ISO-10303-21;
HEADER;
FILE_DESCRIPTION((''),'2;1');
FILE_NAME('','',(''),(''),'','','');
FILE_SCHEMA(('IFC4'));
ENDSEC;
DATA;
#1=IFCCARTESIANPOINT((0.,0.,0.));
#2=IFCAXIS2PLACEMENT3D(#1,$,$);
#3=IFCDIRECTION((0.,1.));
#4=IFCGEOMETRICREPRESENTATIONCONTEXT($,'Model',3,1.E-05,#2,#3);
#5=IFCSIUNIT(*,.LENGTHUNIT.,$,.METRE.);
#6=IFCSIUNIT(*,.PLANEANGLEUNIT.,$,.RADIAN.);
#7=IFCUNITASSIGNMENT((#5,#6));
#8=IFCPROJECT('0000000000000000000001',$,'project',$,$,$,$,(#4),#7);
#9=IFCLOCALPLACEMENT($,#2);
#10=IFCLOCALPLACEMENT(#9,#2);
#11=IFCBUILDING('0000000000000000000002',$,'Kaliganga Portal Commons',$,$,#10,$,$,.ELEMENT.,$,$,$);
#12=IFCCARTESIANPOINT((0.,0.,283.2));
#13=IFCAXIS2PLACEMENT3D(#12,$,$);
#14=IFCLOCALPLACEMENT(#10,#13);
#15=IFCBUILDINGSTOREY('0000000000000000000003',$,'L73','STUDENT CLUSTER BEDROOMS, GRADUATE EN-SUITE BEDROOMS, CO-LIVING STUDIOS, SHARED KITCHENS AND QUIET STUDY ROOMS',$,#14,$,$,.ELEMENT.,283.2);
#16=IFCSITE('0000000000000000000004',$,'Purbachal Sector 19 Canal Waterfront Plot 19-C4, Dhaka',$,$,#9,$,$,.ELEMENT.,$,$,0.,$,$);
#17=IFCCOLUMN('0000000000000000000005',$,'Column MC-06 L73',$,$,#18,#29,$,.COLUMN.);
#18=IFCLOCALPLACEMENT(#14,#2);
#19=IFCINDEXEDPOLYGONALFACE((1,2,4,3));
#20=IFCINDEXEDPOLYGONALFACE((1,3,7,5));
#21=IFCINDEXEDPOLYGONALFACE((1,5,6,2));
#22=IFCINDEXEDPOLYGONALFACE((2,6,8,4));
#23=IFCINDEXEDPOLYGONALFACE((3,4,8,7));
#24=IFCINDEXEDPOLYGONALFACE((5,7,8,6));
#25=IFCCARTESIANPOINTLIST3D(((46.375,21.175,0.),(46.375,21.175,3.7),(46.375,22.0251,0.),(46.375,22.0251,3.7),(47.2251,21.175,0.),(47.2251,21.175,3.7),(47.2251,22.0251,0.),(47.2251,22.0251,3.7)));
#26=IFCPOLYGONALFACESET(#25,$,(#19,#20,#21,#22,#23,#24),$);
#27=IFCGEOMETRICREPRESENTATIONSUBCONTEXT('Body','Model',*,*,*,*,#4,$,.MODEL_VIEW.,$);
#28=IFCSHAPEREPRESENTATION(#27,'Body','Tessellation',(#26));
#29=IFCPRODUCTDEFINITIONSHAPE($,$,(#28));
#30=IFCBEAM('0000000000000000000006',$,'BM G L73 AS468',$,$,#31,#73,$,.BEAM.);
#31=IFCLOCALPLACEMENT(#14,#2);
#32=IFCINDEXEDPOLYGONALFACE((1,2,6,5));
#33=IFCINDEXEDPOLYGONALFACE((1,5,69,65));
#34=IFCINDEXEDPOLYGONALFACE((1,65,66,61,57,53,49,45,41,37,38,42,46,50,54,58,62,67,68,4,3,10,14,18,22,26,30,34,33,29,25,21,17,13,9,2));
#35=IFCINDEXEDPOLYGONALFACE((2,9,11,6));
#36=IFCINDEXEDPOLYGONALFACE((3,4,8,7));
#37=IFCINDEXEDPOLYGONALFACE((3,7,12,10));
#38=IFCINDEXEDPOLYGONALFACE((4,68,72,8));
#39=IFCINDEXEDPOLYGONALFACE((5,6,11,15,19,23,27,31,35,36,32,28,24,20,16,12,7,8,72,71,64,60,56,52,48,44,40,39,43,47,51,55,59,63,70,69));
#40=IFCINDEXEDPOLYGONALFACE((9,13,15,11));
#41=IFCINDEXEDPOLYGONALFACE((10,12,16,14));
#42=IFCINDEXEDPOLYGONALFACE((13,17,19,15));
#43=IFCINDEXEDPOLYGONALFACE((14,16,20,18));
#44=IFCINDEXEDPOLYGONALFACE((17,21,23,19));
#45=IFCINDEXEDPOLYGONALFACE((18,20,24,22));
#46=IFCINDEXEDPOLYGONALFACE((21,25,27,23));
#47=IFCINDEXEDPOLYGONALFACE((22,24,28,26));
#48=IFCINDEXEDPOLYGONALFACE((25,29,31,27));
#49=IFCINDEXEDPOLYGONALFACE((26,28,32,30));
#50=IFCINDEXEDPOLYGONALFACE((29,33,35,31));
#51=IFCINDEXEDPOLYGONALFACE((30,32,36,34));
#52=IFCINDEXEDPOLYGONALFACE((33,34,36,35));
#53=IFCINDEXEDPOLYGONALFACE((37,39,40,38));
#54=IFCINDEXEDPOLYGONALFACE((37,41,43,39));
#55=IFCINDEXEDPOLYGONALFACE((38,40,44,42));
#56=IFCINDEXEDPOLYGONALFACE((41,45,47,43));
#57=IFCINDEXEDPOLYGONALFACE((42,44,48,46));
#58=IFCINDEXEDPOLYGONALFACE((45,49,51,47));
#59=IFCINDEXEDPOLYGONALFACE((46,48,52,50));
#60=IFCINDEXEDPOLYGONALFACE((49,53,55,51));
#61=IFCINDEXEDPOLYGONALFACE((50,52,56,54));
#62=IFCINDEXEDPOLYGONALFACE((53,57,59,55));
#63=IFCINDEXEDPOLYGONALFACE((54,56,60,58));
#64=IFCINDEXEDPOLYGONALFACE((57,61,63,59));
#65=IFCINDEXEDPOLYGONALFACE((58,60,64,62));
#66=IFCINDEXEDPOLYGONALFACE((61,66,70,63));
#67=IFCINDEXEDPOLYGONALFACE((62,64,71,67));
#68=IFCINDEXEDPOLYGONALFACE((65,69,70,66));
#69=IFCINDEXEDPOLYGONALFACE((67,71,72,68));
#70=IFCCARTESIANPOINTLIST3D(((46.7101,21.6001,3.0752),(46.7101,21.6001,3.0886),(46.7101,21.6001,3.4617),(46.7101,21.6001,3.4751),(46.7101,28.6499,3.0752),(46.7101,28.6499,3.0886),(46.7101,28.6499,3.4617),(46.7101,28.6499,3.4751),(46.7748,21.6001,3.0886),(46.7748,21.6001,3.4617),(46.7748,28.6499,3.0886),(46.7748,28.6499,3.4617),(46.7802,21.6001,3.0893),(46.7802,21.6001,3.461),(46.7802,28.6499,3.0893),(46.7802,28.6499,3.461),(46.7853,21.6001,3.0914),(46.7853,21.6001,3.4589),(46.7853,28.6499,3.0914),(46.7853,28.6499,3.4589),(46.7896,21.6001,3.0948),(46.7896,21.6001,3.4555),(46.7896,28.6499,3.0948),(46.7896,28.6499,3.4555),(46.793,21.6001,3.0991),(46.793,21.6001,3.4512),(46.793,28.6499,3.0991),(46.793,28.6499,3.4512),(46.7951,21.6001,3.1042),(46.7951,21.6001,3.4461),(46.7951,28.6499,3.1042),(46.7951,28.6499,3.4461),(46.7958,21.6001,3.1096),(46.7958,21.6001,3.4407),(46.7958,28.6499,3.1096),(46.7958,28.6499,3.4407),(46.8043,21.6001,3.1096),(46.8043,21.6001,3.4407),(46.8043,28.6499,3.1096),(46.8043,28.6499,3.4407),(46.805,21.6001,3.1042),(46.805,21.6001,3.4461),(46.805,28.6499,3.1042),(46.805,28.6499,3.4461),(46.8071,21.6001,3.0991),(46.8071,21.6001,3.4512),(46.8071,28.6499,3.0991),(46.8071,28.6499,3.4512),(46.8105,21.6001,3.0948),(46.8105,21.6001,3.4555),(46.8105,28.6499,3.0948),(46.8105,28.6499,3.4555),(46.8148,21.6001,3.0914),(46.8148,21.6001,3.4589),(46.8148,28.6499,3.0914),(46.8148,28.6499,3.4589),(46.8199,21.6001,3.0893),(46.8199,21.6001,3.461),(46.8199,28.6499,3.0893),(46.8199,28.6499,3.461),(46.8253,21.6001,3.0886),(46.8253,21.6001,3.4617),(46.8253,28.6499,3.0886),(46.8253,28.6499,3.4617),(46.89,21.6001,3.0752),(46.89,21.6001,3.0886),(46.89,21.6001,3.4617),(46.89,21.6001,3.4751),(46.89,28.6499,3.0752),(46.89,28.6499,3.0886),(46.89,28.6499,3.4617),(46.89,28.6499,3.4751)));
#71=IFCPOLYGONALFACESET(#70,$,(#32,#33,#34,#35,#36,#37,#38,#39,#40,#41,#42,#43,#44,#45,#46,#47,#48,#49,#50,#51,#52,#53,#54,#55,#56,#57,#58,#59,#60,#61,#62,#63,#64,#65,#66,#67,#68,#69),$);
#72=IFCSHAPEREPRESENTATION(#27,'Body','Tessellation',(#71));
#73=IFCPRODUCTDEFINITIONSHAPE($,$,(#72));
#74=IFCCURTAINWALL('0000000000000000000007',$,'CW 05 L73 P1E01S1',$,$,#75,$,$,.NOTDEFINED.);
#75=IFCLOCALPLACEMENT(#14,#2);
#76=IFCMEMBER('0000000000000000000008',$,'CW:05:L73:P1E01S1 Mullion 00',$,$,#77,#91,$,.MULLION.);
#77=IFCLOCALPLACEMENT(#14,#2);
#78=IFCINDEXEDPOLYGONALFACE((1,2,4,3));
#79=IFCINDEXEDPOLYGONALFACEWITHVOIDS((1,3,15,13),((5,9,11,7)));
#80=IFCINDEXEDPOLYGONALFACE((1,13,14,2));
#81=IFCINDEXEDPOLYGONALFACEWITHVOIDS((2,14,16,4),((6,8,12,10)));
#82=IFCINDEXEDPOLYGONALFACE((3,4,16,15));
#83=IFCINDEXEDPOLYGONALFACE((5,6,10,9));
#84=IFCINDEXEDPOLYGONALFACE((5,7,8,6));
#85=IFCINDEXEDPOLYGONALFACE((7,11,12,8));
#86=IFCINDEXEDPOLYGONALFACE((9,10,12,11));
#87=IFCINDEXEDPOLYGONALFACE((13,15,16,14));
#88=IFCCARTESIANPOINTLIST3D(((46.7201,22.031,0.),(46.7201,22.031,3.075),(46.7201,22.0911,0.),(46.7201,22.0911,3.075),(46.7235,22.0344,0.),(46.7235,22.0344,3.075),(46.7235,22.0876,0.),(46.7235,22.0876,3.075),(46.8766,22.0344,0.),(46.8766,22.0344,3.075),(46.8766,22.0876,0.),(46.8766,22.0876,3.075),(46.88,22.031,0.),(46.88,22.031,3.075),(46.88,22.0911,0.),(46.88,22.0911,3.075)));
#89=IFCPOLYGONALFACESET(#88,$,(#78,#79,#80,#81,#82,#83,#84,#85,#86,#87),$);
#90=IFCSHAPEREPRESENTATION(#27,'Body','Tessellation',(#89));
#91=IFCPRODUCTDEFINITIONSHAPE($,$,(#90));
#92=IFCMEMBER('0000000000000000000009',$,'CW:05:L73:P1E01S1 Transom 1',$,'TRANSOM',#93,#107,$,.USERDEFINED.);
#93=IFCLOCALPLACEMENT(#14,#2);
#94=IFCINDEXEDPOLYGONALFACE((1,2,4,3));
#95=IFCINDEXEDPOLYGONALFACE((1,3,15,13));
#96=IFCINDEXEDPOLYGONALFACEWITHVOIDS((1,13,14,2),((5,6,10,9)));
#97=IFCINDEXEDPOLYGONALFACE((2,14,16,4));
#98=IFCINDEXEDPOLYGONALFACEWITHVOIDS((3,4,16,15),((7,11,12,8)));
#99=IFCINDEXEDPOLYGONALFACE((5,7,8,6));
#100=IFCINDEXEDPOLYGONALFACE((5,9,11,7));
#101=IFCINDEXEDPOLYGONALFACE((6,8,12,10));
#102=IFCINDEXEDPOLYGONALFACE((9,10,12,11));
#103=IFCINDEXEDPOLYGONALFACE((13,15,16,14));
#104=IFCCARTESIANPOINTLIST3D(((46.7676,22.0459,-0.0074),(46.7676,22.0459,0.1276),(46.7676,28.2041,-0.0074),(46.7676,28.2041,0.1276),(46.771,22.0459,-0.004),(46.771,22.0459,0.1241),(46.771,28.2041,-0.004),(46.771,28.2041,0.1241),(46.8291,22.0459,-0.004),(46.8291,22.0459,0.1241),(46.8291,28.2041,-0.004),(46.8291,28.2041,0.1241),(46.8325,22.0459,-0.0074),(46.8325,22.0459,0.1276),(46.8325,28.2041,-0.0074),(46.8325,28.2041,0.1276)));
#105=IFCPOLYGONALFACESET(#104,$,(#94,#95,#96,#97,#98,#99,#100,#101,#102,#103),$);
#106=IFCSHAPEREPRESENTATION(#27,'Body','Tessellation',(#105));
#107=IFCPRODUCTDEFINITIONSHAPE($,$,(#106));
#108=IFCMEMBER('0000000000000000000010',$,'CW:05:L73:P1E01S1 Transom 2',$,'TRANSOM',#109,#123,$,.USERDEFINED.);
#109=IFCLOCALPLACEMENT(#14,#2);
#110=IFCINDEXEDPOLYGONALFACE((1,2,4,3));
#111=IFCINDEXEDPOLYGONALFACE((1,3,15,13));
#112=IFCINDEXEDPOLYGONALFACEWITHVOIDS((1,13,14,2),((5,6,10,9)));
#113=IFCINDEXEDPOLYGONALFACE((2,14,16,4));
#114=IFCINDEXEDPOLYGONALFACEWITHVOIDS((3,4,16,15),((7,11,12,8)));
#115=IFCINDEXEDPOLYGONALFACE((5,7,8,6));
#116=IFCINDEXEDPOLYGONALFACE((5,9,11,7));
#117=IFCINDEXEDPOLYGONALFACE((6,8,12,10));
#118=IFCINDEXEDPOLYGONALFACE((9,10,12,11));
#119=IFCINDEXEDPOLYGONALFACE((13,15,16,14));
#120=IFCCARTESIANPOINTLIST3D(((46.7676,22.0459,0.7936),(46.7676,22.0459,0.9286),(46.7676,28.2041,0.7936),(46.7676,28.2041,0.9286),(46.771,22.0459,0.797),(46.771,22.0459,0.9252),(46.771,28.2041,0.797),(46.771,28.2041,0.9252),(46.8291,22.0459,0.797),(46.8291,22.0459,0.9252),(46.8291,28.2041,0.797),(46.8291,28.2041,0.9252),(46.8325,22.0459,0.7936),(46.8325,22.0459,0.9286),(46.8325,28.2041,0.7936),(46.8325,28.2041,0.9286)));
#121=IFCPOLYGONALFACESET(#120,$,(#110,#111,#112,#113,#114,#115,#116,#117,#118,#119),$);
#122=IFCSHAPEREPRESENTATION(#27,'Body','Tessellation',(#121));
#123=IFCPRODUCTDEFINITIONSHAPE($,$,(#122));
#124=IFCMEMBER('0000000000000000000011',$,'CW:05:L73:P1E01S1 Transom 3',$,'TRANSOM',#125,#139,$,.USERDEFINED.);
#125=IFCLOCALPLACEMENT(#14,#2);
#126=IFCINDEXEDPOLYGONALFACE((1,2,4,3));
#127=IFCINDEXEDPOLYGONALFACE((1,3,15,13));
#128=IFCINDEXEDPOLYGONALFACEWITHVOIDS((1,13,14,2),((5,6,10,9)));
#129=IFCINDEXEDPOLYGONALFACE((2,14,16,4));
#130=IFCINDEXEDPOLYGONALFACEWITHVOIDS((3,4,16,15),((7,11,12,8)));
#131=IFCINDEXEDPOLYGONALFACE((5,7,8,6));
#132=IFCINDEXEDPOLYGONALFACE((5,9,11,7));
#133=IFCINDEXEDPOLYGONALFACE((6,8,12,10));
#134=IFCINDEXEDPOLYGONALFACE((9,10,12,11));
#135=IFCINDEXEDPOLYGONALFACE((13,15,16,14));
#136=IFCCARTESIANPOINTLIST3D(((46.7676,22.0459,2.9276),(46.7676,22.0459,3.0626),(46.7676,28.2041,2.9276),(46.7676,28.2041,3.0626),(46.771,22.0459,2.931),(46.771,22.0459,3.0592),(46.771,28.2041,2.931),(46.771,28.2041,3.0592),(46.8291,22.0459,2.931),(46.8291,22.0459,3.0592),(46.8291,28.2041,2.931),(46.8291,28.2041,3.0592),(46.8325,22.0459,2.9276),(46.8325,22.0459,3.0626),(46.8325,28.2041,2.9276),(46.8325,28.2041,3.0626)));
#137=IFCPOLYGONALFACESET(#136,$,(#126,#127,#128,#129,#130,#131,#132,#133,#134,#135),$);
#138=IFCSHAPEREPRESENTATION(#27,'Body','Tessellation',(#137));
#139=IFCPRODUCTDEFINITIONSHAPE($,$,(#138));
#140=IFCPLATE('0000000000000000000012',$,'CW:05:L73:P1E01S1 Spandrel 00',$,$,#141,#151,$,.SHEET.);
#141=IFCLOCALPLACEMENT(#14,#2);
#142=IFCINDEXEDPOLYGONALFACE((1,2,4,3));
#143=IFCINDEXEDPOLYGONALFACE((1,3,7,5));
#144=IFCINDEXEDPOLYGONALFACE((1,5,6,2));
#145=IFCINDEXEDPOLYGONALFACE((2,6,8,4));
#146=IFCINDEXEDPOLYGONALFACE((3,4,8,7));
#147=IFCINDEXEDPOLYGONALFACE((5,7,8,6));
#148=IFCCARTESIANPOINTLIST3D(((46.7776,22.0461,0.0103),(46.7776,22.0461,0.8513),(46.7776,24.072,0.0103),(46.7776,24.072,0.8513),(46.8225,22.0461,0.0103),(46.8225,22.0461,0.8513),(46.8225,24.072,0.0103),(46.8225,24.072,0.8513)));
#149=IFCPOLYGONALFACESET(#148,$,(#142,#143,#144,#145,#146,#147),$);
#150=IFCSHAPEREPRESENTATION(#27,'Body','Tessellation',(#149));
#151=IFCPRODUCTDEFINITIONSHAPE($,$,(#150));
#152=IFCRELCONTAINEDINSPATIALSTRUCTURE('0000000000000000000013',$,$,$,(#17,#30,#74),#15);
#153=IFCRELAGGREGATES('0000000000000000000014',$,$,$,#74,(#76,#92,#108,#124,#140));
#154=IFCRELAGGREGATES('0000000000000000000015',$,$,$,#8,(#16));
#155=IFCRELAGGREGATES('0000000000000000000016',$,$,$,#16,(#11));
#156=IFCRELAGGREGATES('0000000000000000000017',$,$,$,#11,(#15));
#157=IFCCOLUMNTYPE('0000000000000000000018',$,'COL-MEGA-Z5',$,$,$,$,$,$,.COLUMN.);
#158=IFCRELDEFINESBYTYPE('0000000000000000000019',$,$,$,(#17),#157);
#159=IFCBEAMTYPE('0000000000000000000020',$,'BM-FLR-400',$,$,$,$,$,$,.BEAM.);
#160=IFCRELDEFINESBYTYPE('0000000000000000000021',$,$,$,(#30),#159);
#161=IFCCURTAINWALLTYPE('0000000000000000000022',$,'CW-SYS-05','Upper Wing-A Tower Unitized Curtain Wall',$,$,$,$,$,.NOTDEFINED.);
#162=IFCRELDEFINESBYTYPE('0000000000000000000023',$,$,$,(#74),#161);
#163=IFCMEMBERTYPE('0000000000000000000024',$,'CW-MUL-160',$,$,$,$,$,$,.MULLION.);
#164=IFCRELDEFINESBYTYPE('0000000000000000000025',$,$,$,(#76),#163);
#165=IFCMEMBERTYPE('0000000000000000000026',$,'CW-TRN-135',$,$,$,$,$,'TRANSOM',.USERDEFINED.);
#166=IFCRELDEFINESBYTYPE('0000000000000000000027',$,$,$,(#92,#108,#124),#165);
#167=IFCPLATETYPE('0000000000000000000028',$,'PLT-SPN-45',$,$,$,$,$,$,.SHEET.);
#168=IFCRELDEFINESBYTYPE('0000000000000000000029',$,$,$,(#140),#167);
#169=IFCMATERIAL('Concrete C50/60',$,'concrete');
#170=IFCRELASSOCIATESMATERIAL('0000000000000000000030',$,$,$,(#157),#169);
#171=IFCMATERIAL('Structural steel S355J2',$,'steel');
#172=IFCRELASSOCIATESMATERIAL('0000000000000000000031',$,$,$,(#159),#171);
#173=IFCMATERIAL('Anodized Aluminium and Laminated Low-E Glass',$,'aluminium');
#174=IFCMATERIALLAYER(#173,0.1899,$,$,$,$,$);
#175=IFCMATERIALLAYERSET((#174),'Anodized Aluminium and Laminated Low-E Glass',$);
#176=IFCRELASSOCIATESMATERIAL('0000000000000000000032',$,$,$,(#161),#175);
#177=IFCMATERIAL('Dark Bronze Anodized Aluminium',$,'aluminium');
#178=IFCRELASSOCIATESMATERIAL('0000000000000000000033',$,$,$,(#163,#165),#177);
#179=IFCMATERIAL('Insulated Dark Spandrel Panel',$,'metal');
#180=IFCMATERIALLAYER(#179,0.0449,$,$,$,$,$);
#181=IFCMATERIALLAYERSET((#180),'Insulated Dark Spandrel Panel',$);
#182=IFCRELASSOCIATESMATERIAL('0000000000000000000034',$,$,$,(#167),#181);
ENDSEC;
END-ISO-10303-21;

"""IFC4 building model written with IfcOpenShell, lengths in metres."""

from ifc_helpers import new_model, si_unit, direction, frame, origin, origin_2d, place, context, subcontext, project, spatial, rectangle, hollow_rectangle, i_section, extrude, source, transform, mapped, material, layer, layer_set, material_profile, profile_set, type_object, element, aggregate, save


model = new_model("IFC4")

# Units and contexts
model_context = context("Model", 3, precision=1e-05, world=origin(), true_north=direction((0.0, 1.0)))
body_context = subcontext(model_context, "Body", "Model", "MODEL_VIEW")
ifc_project = project(units=[si_unit("LENGTHUNIT", "METRE"), si_unit("PLANEANGLEUNIT", "RADIAN")], contexts=[model_context])

# Site, building, storey
site_placement = place(None, origin())
site = spatial("IfcSite", under=ifc_project, at=site_placement, Name="Purbachal Sector 19 Canal Waterfront Plot 19-C4, Dhaka", CompositionType="ELEMENT", RefElevation=0.0)
building_placement = place(site_placement, origin())
building = spatial("IfcBuilding", under=site, at=building_placement, Name="Kaliganga Portal Commons", CompositionType="ELEMENT")
storey_placement = place(building_placement, frame((0.0, 0.0, 283.2)))
storey = spatial("IfcBuildingStorey", under=building, at=storey_placement, Name="L73", Description="STUDENT CLUSTER BEDROOMS, GRADUATE EN-SUITE BEDROOMS, CO-LIVING STUDIOS, SHARED KITCHENS AND QUIET STUDY ROOMS", CompositionType="ELEMENT", Elevation=283.2)

# Column
ifc_material_1 = material(Name="Concrete C50/60", Category="concrete")
ifc_material_profile_1 = material_profile(ifc_material_1, rectangle(XDim=0.8501, YDim=0.8501, at=origin_2d()), Name="RC 850x850")
ifc_profile_set_1 = profile_set([ifc_material_profile_1], Name="Concrete C50/60")
column_type = type_object("IfcColumnType", Name="COL-MEGA-Z5", PredefinedType="COLUMN", material=ifc_profile_set_1)
shared_shape_1 = source(origin(), body_context, "Body", "SweptSolid", [
    extrude(rectangle(XDim=0.8501, YDim=0.8501, at=origin_2d()), origin(), (0.0, 0.0, 1.0), 3.7),
])
column_placement = place(storey_placement, frame((46.8, 21.6001, 0.0), z_axis=(0.0, 0.0, 1.0), x_axis=(1.0, 0.0, 0.0)))
element("IfcColumn", 1, at=column_placement, inside=storey, type_object=column_type, Name="Column MC-06 L73", PredefinedType="COLUMN", context=body_context, shape_type="MappedRepresentation", body=[
    mapped(shared_shape_1, transform((0.0, 0.0, 0.0), x_axis=(1.0, 0.0, 0.0), y_axis=(0.0, 1.0, 0.0), z_axis=(0.0, 0.0, 1.0), scale=1.0)),
])

# Beam
ifc_material_2 = material(Name="Structural steel S355J2", Category="steel")
ifc_material_profile_2 = material_profile(ifc_material_2, i_section(OverallWidth=0.1799, OverallDepth=0.3999, WebThickness=0.0085, FlangeThickness=0.0134, FilletRadius=0.021, at=origin_2d()), Name="IPE 400")
ifc_profile_set_2 = profile_set([ifc_material_profile_2], Name="Structural steel S355J2 wide-flange")
beam_type = type_object("IfcBeamType", Name="BM-FLR-400", PredefinedType="BEAM", material=ifc_profile_set_2)
shared_shape_2 = source(origin(), body_context, "Body", "SweptSolid", [
    extrude(i_section(OverallWidth=0.1799, OverallDepth=0.3999, WebThickness=0.0085, FlangeThickness=0.0134, FilletRadius=0.021, at=origin_2d()), origin(), (0.0, 0.0, 1.0), 7.0498),
])
beam_placement = place(storey_placement, frame((46.8, 21.6001, 3.2751), z_axis=(0.0, 1.0, 0.0), x_axis=(-1.0, 0.0, 0.0)))
element("IfcBeam", 2, at=beam_placement, inside=storey, type_object=beam_type, Name="BM G L73 AS468", PredefinedType="BEAM", context=body_context, shape_type="MappedRepresentation", body=[
    mapped(shared_shape_2, transform((0.0, 0.0, 0.0), x_axis=(1.0, 0.0, 0.0), y_axis=(0.0, 1.0, 0.0), z_axis=(0.0, 0.0, 1.0), scale=1.0)),
])

# Curtain wall, members, plate
ifc_material_3 = material(Name="Anodized Aluminium and Laminated Low-E Glass", Category="aluminium")
ifc_layer_1 = layer(ifc_material_3, 0.1899)
ifc_layer_set_1 = layer_set([ifc_layer_1], Name="Anodized Aluminium and Laminated Low-E Glass")
curtain_wall_type = type_object("IfcCurtainWallType", Name="CW-SYS-05", Description="Upper Wing-A Tower Unitized Curtain Wall", PredefinedType="NOTDEFINED", material=ifc_layer_set_1)
curtain_wall_placement = place(storey_placement, origin())
curtain_wall = element("IfcCurtainWall", 3, at=curtain_wall_placement, inside=storey, type_object=curtain_wall_type, Name="CW 05 L73 P1E01S1", PredefinedType="NOTDEFINED")
ifc_material_4 = material(Name="Dark Bronze Anodized Aluminium", Category="aluminium")
ifc_material_profile_3 = material_profile(ifc_material_4, hollow_rectangle(XDim=0.0601, YDim=0.1599, WallThickness=0.0034, at=origin_2d()), Name="ALU MULL 60x160x3.5")
ifc_profile_set_3 = profile_set([ifc_material_profile_3], Name="Dark Bronze Anodized Aluminium")
member_type_1 = type_object("IfcMemberType", Name="CW-MUL-160", PredefinedType="MULLION", material=ifc_profile_set_3)
shared_shape_3 = source(origin(), body_context, "Body", "SweptSolid", [
    extrude(hollow_rectangle(XDim=0.0601, YDim=0.1599, WallThickness=0.0034, at=origin_2d()), origin(), (0.0, 0.0, 1.0), 3.075),
])
member_1_placement = place(storey_placement, frame((46.8, 22.061, 0.0), z_axis=(0.0, 0.0, 1.0), x_axis=(0.0, 1.0, 0.0)))
member_1 = element("IfcMember", 4, at=member_1_placement, type_object=member_type_1, Name="CW:05:L73:P1E01S1 Mullion 00", PredefinedType="MULLION", context=body_context, shape_type="MappedRepresentation", body=[
    mapped(shared_shape_3, transform((0.0, 0.0, 0.0), x_axis=(1.0, 0.0, 0.0), y_axis=(0.0, 1.0, 0.0), z_axis=(0.0, 0.0, 1.0), scale=1.0)),
])
ifc_material_profile_4 = material_profile(ifc_material_4, hollow_rectangle(XDim=0.0649, YDim=0.135, WallThickness=0.0034, at=origin_2d()), Name="ALU TRAN 65x135x3.5")
ifc_profile_set_4 = profile_set([ifc_material_profile_4], Name="Dark Bronze Anodized Aluminium")
member_type_2 = type_object("IfcMemberType", Name="CW-TRN-135", ElementType="TRANSOM", PredefinedType="USERDEFINED", material=ifc_profile_set_4)
shared_shape_4 = source(origin(), body_context, "Body", "SweptSolid", [
    extrude(hollow_rectangle(XDim=0.0649, YDim=0.135, WallThickness=0.0034, at=origin_2d()), origin(), (0.0, 0.0, 1.0), 6.1582),
])
member_2_placement = place(storey_placement, frame((46.8, 22.0459, 0.0601), z_axis=(0.0, 1.0, 0.0), x_axis=(-1.0, 0.0, 0.0)))
member_2 = element("IfcMember", 5, at=member_2_placement, type_object=member_type_2, Name="CW:05:L73:P1E01S1 Transom 1", ObjectType="TRANSOM", PredefinedType="USERDEFINED", context=body_context, shape_type="MappedRepresentation", body=[
    mapped(shared_shape_4, transform((0.0, 0.0, 0.0), x_axis=(1.0, 0.0, 0.0), y_axis=(0.0, 1.0, 0.0), z_axis=(0.0, 0.0, 1.0), scale=1.0)),
])
member_3_placement = place(storey_placement, frame((46.8, 22.0459, 0.8611), z_axis=(0.0, 1.0, 0.0), x_axis=(-1.0, 0.0, 0.0)))
member_3 = element("IfcMember", 6, at=member_3_placement, type_object=member_type_2, Name="CW:05:L73:P1E01S1 Transom 2", ObjectType="TRANSOM", PredefinedType="USERDEFINED", context=body_context, shape_type="MappedRepresentation", body=[
    mapped(shared_shape_4, transform((0.0, 0.0, 0.0), x_axis=(1.0, 0.0, 0.0), y_axis=(0.0, 1.0, 0.0), z_axis=(0.0, 0.0, 1.0), scale=1.0)),
])
member_4_placement = place(storey_placement, frame((46.8, 22.0459, 2.9951), z_axis=(0.0, 1.0, 0.0), x_axis=(-1.0, 0.0, 0.0)))
member_4 = element("IfcMember", 7, at=member_4_placement, type_object=member_type_2, Name="CW:05:L73:P1E01S1 Transom 3", ObjectType="TRANSOM", PredefinedType="USERDEFINED", context=body_context, shape_type="MappedRepresentation", body=[
    mapped(shared_shape_4, transform((0.0, 0.0, 0.0), x_axis=(1.0, 0.0, 0.0), y_axis=(0.0, 1.0, 0.0), z_axis=(0.0, 0.0, 1.0), scale=1.0)),
])
ifc_material_5 = material(Name="Insulated Dark Spandrel Panel", Category="metal")
ifc_layer_2 = layer(ifc_material_5, 0.0449)
ifc_layer_set_2 = layer_set([ifc_layer_2], Name="Insulated Dark Spandrel Panel")
plate_type = type_object("IfcPlateType", Name="PLT-SPN-45", PredefinedType="SHEET", material=ifc_layer_set_2)
shared_shape_5 = source(origin(), body_context, "Body", "SweptSolid", [
    extrude(rectangle(XDim=2.0259, YDim=0.0449, at=origin_2d()), origin(), (0.0, 0.0, 1.0), 0.8411),
])
plate_placement = place(storey_placement, frame((46.8, 23.0591, 0.0103), z_axis=(0.0, 0.0, 1.0), x_axis=(0.0, 1.0, 0.0)))
plate = element("IfcPlate", 8, at=plate_placement, type_object=plate_type, Name="CW:05:L73:P1E01S1 Spandrel 00", PredefinedType="SHEET", context=body_context, shape_type="MappedRepresentation", body=[
    mapped(shared_shape_5, transform((0.0, 0.0, 0.0), x_axis=(1.0, 0.0, 0.0), y_axis=(0.0, 1.0, 0.0), z_axis=(0.0, 0.0, 1.0), scale=1.0)),
])
aggregate(curtain_wall, [member_1, member_2, member_3, member_4, plate])

save(model, "model.ifc")
